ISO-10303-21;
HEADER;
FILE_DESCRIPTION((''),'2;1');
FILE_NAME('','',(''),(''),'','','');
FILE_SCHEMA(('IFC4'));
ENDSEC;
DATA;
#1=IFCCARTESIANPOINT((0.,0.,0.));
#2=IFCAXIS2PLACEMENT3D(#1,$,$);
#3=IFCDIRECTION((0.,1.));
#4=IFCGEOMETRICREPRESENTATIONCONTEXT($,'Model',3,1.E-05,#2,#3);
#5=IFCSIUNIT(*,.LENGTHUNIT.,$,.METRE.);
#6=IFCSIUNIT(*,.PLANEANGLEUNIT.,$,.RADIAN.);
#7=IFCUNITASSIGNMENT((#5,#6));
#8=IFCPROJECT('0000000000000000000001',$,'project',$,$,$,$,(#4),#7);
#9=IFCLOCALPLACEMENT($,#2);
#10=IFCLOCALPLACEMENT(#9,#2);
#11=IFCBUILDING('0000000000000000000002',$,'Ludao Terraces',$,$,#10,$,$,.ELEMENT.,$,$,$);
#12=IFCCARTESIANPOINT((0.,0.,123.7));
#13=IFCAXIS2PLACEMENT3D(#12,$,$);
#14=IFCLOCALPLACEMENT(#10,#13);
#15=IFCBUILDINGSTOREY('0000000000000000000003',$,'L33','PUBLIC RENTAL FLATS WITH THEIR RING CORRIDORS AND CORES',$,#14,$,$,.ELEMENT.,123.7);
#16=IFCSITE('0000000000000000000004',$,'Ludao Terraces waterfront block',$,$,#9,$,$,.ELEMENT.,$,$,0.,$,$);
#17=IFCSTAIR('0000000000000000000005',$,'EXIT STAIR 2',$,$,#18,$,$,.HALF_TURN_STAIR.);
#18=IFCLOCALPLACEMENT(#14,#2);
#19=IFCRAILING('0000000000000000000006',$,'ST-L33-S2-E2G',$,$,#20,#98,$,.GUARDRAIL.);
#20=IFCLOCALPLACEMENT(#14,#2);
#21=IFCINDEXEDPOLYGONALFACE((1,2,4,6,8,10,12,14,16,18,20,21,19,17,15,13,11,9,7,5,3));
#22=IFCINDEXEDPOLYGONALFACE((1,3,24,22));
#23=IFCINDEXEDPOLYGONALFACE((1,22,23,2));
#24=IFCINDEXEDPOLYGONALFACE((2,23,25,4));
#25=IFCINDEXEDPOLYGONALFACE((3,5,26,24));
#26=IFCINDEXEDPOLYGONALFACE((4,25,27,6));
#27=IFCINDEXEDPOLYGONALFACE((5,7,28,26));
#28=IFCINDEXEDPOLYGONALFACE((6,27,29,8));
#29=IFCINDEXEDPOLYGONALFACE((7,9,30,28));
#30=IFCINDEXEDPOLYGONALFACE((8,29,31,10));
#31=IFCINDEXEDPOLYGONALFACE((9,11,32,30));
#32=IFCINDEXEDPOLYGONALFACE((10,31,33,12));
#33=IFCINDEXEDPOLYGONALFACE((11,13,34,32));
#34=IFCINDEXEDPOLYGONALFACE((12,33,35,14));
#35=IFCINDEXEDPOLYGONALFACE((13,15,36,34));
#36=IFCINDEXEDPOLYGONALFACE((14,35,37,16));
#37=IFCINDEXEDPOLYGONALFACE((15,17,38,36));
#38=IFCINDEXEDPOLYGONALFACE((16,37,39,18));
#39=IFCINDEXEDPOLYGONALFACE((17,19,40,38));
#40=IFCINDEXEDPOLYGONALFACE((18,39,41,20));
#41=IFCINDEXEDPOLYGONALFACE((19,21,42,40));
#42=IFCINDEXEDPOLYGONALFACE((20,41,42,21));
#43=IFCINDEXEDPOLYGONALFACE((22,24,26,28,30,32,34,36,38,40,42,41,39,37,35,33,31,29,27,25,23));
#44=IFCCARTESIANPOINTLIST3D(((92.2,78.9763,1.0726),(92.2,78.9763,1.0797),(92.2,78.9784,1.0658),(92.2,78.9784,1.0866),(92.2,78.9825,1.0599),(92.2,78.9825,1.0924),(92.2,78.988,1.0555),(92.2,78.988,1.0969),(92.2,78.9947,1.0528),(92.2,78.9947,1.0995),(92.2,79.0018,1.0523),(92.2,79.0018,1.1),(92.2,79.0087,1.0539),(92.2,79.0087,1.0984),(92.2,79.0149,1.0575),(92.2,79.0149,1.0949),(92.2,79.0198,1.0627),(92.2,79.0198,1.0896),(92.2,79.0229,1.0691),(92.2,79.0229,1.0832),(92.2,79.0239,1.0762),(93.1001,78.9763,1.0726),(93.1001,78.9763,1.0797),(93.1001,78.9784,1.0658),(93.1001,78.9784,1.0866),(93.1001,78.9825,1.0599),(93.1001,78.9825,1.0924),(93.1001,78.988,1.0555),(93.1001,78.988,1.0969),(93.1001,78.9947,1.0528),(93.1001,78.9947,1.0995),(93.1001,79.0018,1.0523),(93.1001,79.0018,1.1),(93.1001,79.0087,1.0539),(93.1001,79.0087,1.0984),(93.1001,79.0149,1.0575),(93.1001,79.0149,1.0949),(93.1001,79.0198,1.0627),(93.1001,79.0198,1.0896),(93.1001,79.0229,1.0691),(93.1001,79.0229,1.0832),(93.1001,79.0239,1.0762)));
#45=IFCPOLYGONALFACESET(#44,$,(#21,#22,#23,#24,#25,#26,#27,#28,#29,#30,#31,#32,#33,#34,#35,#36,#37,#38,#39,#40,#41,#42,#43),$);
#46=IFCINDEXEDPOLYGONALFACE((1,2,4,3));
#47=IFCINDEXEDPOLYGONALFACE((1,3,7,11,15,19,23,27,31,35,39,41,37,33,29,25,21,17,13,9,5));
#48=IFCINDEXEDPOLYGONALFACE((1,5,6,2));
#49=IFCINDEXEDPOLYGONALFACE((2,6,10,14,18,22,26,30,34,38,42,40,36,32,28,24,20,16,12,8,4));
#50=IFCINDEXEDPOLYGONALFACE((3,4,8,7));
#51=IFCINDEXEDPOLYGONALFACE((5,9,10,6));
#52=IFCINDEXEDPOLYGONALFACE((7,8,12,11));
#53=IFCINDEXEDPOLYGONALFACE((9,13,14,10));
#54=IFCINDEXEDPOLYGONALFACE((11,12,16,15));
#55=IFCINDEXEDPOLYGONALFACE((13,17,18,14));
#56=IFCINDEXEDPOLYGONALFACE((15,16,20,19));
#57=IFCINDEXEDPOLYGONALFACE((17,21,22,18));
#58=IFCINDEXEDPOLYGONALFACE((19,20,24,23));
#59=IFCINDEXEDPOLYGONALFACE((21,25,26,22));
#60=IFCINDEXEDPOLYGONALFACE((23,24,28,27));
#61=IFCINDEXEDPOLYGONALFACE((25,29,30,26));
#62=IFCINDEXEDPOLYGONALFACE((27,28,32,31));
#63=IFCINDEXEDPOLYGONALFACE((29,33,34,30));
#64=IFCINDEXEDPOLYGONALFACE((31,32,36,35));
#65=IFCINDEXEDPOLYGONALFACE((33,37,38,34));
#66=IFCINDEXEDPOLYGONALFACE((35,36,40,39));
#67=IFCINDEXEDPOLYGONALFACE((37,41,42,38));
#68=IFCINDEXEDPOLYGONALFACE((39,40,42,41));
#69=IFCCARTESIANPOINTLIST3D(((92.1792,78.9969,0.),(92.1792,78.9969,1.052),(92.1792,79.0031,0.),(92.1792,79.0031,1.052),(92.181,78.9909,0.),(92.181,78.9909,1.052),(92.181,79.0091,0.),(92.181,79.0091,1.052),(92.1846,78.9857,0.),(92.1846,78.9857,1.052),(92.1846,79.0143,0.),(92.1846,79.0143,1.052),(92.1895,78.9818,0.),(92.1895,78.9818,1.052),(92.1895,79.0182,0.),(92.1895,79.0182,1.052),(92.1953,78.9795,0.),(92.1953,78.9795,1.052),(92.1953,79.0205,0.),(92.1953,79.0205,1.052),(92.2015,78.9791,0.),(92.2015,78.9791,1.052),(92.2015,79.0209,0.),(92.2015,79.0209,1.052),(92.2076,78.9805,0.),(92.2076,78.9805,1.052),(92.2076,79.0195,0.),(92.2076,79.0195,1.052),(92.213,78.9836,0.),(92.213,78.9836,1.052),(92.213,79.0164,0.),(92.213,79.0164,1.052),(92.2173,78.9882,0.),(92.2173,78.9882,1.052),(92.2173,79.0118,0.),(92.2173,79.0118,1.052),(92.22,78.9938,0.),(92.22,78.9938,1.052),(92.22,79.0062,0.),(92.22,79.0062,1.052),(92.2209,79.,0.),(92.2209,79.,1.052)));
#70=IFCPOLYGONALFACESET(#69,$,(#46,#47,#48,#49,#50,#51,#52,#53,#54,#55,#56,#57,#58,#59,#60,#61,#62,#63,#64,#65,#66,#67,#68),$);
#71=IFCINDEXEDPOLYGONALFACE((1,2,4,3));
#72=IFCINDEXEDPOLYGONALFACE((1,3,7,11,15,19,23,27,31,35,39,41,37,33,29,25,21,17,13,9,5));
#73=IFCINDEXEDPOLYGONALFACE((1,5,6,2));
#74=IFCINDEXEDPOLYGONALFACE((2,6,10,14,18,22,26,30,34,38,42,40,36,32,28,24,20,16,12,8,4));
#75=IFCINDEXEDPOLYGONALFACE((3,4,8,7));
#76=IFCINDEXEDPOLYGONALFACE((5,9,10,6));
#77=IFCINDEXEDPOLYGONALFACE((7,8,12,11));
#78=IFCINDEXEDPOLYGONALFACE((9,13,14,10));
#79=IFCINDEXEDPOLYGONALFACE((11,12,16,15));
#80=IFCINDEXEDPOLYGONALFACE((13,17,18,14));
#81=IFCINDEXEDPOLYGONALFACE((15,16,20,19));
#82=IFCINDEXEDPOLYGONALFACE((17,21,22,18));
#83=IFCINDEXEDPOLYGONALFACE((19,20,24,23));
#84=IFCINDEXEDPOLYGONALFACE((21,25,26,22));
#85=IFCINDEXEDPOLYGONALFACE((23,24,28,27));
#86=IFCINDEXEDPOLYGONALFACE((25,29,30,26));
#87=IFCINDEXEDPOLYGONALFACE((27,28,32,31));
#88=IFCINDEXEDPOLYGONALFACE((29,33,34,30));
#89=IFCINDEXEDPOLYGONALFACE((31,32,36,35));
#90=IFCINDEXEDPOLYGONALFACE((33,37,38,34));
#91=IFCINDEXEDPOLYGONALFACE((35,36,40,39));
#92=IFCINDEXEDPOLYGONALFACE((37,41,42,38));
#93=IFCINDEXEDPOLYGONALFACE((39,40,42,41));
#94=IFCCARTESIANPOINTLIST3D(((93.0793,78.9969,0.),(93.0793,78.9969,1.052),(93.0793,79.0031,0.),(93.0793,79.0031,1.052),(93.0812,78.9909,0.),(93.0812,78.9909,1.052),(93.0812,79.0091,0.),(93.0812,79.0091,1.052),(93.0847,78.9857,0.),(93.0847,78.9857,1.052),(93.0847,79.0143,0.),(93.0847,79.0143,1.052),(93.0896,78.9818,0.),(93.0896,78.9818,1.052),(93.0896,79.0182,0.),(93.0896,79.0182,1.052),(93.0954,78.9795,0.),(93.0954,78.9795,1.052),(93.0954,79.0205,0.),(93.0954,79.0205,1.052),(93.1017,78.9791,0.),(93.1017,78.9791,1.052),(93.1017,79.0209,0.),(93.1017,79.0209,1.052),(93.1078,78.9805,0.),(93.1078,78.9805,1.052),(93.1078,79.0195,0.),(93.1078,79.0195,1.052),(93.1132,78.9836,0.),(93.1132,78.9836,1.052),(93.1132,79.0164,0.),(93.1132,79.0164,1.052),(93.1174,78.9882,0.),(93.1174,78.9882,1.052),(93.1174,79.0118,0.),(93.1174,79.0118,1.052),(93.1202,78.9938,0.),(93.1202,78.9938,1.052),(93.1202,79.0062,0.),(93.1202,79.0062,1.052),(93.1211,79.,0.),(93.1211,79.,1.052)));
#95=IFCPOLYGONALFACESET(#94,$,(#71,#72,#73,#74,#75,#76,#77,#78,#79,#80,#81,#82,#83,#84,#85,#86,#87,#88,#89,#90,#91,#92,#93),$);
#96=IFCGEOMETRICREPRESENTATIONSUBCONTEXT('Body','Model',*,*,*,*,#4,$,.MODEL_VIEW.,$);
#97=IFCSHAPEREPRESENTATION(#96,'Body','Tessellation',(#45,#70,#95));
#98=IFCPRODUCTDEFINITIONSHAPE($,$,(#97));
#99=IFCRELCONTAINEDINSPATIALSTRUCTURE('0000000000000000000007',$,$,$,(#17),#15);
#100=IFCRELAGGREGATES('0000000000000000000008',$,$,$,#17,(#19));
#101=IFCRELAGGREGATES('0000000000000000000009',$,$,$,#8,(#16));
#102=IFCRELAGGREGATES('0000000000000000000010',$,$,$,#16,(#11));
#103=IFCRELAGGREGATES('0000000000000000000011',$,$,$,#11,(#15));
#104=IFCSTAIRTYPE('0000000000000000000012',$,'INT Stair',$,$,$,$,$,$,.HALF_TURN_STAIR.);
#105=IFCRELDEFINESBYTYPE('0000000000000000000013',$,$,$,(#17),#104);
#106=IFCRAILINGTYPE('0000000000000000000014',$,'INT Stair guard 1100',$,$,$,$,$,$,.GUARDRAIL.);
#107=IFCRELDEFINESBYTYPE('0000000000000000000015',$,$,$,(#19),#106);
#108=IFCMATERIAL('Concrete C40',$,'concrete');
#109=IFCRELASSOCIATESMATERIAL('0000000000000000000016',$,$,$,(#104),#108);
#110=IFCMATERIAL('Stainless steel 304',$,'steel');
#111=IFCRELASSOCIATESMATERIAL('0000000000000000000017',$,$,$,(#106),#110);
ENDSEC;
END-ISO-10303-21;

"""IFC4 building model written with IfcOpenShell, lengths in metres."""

from ifc_helpers import new_model, si_unit, direction, frame, origin, origin_2d, place, context, subcontext, project, spatial, circle, extrude, material, type_object, element, aggregate, save


model = new_model("IFC4")

# Units and contexts
model_context = context("Model", 3, precision=1e-05, world=origin(), true_north=direction((0.0, 1.0)))
body_context = subcontext(model_context, "Body", "Model", "MODEL_VIEW")
ifc_project = project(units=[si_unit("LENGTHUNIT", "METRE"), si_unit("PLANEANGLEUNIT", "RADIAN")], contexts=[model_context])

# Site, building, storey
site_placement = place(None, origin())
site = spatial("IfcSite", under=ifc_project, at=site_placement, Name="Ludao Terraces waterfront block", CompositionType="ELEMENT", RefElevation=0.0)
building_placement = place(site_placement, origin())
building = spatial("IfcBuilding", under=site, at=building_placement, Name="Ludao Terraces", CompositionType="ELEMENT")
storey_placement = place(building_placement, frame((0.0, 0.0, 123.7)))
storey = spatial("IfcBuildingStorey", under=building, at=storey_placement, Name="L33", Description="PUBLIC RENTAL FLATS WITH THEIR RING CORRIDORS AND CORES", CompositionType="ELEMENT", Elevation=123.7)

# Stair, railing
ifc_material_1 = material(Name="Concrete C40", Category="concrete")
stair_type = type_object("IfcStairType", Name="INT Stair", PredefinedType="HALF_TURN_STAIR", material=ifc_material_1)
stair_placement = place(storey_placement, origin())
stair = element("IfcStair", 1, at=stair_placement, inside=storey, type_object=stair_type, Name="EXIT STAIR 2", PredefinedType="HALF_TURN_STAIR")
ifc_material_2 = material(Name="Stainless steel 304", Category="steel")
railing_type_1 = type_object("IfcRailingType", Name="INT Stair guard 1100", PredefinedType="GUARDRAIL", material=ifc_material_2)
railing_1_placement = place(storey_placement, frame((92.2, 79.0, 0.0)))
railing_1 = element("IfcRailing", 2, at=railing_1_placement, type_object=railing_type_1, Name="ST-L33-S2-E2G", PredefinedType="GUARDRAIL", context=body_context, shape_type="SweptSolid", body=[
    extrude(circle(Radius=0.0239, at=origin_2d()), frame((0.0, 0.0, 1.0762), z_axis=(1.0, 0.0, 0.0), x_axis=(0.0, 1.0, 0.0)), (0.0, 0.0, 1.0), 0.9001),
    extrude(circle(Radius=0.021, at=origin_2d()), origin(), (0.0, 0.0, 1.0), 1.052),
    extrude(circle(Radius=0.021, at=origin_2d()), frame((0.9001, 0.0, 0.0)), (0.0, 0.0, 1.0), 1.052),
])
aggregate(stair, [railing_1])

save(model, "model.ifc")
